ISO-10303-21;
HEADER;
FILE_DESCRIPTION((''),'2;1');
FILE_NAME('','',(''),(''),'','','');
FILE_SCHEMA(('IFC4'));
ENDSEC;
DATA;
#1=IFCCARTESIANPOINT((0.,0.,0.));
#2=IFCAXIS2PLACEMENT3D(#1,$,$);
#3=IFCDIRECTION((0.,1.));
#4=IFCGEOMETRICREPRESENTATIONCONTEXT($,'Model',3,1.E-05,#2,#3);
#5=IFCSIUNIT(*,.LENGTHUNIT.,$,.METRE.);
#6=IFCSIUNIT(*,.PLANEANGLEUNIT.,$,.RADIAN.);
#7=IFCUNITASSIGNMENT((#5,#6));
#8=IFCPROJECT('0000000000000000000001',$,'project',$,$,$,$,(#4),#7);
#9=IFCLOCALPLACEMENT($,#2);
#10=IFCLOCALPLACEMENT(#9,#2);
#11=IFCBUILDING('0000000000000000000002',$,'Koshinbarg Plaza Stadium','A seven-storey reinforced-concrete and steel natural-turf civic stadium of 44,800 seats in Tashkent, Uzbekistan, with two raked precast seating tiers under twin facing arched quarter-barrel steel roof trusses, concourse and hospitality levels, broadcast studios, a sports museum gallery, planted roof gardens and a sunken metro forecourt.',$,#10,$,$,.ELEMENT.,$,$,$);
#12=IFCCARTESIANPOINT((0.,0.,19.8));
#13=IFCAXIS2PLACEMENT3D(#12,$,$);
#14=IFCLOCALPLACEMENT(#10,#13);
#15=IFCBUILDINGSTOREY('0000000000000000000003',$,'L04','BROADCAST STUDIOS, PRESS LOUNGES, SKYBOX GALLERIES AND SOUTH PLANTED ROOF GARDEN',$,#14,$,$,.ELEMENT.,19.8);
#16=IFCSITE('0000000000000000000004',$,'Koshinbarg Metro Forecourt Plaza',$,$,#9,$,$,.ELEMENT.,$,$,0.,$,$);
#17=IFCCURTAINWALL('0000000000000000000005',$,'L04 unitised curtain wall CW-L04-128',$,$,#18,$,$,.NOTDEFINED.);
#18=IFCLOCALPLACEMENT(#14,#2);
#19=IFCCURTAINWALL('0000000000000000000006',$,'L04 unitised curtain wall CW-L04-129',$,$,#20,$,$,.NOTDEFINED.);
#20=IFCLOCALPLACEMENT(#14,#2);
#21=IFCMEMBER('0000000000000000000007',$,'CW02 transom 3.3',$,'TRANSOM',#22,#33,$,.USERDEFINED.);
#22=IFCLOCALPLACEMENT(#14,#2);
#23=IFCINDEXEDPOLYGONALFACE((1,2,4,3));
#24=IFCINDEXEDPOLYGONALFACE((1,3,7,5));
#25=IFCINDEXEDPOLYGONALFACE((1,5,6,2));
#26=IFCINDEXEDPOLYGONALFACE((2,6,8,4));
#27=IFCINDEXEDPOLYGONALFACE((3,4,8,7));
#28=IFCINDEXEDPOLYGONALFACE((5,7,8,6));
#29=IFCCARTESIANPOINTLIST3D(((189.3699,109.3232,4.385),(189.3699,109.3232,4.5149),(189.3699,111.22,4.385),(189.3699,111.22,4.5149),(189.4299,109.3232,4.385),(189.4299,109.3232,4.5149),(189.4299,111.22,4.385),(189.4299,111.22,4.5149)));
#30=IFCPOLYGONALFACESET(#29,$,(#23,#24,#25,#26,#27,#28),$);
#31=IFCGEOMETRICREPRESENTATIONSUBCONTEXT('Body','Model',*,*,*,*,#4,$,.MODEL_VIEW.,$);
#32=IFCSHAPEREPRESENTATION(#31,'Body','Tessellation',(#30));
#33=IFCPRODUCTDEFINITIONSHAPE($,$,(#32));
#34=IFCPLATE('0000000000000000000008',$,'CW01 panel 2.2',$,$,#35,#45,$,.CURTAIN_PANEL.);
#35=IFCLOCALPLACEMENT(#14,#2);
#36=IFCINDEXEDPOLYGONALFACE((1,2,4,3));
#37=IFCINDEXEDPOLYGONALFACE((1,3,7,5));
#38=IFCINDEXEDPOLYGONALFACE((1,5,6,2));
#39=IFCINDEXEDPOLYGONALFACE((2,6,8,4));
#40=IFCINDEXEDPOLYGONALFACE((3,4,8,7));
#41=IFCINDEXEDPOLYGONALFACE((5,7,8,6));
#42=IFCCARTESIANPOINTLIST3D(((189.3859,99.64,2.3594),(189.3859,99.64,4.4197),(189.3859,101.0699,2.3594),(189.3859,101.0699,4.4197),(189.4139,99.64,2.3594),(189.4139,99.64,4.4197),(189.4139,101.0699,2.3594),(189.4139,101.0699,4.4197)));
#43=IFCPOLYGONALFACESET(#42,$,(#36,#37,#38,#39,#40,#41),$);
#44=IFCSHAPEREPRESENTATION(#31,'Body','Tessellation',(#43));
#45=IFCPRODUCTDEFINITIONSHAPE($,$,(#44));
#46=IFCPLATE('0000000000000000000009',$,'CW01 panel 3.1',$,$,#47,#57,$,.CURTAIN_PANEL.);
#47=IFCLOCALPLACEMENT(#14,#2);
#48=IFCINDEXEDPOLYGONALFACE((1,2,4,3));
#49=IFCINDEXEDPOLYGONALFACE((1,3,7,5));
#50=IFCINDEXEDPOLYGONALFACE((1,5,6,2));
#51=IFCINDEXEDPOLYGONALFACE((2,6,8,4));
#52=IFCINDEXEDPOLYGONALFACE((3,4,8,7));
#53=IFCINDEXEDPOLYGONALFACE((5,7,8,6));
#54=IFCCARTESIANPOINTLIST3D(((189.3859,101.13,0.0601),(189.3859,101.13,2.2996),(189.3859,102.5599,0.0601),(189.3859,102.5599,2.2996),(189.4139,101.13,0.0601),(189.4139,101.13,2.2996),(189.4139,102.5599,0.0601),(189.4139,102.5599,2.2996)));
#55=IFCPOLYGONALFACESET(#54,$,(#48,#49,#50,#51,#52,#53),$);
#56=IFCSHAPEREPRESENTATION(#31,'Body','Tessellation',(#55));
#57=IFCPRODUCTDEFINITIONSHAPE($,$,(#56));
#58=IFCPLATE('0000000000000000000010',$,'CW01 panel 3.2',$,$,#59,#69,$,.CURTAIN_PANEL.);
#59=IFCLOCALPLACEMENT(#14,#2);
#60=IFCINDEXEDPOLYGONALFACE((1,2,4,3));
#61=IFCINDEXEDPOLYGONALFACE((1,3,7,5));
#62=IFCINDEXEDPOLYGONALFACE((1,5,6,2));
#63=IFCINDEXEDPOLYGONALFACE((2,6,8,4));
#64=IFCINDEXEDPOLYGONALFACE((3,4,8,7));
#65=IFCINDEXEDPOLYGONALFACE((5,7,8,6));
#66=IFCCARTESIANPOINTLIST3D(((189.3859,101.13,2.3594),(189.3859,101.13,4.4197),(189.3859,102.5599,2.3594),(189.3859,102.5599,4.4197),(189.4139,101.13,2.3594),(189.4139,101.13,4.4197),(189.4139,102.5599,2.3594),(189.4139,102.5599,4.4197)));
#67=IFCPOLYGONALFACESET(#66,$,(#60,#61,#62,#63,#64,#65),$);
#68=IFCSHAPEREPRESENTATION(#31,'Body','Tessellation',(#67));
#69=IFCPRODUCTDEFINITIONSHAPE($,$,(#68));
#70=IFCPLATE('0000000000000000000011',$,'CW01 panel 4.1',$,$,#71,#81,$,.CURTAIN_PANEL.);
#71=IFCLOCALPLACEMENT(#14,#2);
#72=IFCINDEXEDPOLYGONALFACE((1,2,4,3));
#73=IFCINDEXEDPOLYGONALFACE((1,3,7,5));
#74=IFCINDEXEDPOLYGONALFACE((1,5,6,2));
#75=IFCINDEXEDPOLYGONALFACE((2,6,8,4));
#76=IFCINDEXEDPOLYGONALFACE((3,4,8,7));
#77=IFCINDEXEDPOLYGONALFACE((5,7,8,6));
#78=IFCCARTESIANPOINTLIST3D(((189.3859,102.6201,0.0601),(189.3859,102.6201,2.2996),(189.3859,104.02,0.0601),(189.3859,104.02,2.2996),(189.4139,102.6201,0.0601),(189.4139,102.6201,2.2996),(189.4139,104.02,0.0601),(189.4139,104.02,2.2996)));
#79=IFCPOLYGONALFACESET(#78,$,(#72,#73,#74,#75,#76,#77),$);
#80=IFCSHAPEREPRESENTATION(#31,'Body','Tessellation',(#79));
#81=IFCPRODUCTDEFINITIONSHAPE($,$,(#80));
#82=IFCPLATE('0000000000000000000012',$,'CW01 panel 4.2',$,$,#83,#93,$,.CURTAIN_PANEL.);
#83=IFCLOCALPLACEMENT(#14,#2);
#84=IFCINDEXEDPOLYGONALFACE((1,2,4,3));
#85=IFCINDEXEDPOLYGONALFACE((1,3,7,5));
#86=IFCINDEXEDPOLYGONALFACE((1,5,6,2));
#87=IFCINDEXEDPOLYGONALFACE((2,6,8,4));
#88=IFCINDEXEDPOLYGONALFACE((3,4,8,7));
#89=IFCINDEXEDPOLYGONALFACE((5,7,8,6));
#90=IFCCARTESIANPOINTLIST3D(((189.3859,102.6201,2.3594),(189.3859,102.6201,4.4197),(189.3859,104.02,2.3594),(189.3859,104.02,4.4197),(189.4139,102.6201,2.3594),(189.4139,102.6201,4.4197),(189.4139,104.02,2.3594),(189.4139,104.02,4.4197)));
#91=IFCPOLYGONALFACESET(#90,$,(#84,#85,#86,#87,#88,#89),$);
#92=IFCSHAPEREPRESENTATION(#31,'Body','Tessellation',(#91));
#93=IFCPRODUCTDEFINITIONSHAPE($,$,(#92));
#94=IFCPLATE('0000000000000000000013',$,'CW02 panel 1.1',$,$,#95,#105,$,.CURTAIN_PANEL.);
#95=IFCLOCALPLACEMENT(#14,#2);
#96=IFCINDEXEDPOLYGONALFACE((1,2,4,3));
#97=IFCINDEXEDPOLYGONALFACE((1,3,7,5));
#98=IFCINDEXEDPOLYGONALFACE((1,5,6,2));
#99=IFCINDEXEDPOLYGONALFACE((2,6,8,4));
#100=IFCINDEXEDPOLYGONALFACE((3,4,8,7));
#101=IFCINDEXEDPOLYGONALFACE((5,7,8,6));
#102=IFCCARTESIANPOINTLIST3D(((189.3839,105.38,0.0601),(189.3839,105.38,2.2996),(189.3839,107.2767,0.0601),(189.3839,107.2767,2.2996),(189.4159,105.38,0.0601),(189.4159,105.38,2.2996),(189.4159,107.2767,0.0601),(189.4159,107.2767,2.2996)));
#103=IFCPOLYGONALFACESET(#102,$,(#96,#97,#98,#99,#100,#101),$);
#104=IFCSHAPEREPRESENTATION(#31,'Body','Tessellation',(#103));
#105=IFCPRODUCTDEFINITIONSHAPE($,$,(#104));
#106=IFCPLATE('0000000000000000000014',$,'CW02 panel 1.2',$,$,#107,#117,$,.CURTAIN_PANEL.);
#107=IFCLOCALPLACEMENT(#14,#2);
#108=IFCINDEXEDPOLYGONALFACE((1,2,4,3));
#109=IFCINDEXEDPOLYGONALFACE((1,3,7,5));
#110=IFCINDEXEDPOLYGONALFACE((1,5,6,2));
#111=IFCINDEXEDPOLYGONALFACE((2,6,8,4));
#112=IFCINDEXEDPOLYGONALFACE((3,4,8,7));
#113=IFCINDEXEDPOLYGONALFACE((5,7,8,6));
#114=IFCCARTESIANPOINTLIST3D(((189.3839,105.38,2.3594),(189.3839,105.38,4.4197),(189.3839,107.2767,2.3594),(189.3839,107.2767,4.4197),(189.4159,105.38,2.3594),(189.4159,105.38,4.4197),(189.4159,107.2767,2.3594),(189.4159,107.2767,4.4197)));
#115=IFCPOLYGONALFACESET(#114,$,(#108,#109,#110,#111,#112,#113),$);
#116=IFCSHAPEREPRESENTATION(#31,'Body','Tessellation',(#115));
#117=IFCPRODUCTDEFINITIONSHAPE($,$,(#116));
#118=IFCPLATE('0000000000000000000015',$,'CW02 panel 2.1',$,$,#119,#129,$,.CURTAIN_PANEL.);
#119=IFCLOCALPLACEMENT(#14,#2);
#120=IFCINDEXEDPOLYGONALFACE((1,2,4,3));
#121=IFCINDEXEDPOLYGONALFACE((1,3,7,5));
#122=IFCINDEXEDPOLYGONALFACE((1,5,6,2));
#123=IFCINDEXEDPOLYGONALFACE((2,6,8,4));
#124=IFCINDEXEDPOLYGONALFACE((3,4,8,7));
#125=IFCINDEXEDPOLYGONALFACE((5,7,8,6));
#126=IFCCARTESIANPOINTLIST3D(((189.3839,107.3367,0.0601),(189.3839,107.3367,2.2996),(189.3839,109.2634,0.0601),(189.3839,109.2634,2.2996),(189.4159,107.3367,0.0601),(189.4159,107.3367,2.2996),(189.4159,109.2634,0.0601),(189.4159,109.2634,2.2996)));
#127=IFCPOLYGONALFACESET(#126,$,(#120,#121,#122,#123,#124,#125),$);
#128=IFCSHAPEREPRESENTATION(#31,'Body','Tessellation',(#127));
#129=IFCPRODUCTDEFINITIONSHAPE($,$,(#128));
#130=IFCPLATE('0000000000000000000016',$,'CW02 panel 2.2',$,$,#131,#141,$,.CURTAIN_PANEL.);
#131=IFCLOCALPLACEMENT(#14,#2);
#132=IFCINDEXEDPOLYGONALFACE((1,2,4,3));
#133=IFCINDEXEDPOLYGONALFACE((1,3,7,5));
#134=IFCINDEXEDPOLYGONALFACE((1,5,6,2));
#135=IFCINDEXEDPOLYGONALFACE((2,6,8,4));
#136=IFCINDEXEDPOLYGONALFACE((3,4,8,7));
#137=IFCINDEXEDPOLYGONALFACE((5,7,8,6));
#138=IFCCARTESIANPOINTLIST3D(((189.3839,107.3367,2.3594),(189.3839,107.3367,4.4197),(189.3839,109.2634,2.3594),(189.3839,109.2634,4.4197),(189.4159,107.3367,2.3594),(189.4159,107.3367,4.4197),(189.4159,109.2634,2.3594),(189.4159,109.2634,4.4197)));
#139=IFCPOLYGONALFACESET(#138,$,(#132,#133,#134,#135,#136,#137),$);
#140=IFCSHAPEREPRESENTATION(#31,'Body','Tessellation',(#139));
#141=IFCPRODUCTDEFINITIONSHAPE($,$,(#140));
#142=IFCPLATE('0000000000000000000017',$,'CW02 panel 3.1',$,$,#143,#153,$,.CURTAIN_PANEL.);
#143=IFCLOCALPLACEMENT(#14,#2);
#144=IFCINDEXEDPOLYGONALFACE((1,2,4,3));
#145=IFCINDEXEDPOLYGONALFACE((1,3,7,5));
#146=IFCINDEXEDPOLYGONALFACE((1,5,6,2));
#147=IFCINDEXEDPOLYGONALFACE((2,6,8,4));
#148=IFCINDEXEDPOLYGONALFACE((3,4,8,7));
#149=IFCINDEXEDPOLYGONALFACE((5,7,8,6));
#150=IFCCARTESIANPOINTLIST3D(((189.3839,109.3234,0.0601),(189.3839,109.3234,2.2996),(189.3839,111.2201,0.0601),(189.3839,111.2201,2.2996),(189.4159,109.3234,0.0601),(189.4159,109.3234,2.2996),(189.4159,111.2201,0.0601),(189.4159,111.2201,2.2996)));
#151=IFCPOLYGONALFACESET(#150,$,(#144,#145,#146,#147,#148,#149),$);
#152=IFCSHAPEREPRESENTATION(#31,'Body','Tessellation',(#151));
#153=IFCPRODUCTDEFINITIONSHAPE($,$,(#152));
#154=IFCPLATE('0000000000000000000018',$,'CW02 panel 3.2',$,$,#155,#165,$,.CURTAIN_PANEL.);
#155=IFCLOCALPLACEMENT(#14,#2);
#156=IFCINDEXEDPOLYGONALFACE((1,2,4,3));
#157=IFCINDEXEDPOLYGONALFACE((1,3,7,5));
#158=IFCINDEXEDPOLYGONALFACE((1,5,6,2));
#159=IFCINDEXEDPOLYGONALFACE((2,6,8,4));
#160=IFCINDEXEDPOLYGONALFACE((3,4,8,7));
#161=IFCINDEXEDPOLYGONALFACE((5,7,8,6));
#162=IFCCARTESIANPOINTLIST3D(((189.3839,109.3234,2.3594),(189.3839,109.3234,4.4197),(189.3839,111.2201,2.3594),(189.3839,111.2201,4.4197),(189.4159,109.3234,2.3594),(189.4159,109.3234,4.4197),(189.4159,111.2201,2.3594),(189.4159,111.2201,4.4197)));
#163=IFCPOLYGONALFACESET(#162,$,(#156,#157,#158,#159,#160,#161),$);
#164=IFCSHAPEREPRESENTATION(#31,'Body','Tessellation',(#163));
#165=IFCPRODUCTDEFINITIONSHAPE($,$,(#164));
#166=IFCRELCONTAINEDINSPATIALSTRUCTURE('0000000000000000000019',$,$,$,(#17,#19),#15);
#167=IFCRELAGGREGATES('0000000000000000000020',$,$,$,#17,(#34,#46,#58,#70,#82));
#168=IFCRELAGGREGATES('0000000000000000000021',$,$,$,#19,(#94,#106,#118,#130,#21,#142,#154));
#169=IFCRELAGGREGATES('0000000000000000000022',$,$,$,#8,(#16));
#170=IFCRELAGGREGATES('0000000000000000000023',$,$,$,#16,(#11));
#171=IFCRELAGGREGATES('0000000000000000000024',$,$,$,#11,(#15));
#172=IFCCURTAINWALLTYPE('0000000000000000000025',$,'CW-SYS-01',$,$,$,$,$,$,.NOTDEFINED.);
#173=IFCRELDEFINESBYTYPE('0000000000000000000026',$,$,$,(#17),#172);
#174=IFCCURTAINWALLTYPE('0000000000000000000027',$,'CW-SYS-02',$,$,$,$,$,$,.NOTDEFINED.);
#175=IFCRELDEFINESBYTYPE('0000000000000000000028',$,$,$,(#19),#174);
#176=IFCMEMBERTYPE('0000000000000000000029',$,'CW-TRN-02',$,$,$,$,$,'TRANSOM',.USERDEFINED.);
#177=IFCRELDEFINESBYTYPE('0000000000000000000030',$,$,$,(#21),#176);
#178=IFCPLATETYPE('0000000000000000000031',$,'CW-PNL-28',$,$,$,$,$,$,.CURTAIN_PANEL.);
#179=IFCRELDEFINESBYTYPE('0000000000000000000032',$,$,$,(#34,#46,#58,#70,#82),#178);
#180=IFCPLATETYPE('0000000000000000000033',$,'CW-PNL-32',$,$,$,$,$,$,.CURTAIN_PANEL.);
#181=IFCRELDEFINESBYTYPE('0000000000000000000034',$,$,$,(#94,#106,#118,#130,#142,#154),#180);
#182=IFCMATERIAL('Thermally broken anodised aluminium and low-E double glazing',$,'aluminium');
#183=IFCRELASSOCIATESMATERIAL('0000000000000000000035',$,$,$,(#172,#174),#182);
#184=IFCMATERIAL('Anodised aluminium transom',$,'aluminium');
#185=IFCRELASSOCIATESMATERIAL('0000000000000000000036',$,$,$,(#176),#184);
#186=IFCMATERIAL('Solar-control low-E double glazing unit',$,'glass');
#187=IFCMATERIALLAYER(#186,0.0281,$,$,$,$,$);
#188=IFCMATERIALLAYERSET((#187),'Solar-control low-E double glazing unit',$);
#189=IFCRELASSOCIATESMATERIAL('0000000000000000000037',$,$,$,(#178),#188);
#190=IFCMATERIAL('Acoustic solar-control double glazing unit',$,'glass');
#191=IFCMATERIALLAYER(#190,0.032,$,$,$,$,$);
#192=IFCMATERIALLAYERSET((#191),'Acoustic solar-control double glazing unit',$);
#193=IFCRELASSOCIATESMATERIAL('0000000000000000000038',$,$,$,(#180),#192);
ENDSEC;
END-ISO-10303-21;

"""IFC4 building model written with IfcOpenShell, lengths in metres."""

from ifc_helpers import new_model, si_unit, direction, frame, origin, origin_2d, place, context, subcontext, project, spatial, rectangle, extrude, material, layer, layer_set, material_profile, profile_set, type_object, element, aggregate, save


model = new_model("IFC4")

# Units and contexts
model_context = context("Model", 3, precision=1e-05, world=origin(), true_north=direction((0.0, 1.0)))
body_context = subcontext(model_context, "Body", "Model", "MODEL_VIEW")
ifc_project = project(units=[si_unit("LENGTHUNIT", "METRE"), si_unit("PLANEANGLEUNIT", "RADIAN")], contexts=[model_context])

# Site, building, storey
site_placement = place(None, origin())
site = spatial("IfcSite", under=ifc_project, at=site_placement, Name="Koshinbarg Metro Forecourt Plaza", CompositionType="ELEMENT", RefElevation=0.0)
building_placement = place(site_placement, origin())
building = spatial("IfcBuilding", under=site, at=building_placement, Name="Koshinbarg Plaza Stadium", Description="A seven-storey reinforced-concrete and steel natural-turf civic stadium of 44,800 seats in Tashkent, Uzbekistan, with two raked precast seating tiers under twin facing arched quarter-barrel steel roof trusses, concourse and hospitality levels, broadcast studios, a sports museum gallery, planted roof gardens and a sunken metro forecourt.", CompositionType="ELEMENT")
storey_placement = place(building_placement, frame((0.0, 0.0, 19.8)))
storey = spatial("IfcBuildingStorey", under=building, at=storey_placement, Name="L04", Description="BROADCAST STUDIOS, PRESS LOUNGES, SKYBOX GALLERIES AND SOUTH PLANTED ROOF GARDEN", CompositionType="ELEMENT", Elevation=19.8)

# Curtain walls
ifc_material_1 = material(Name="Thermally broken anodised aluminium and low-E double glazing", Category="aluminium")
curtain_wall_type_1 = type_object("IfcCurtainWallType", Name="CW-SYS-01", PredefinedType="NOTDEFINED", material=ifc_material_1)
curtain_wall_1_placement = place(storey_placement, origin())
curtain_wall_1 = element("IfcCurtainWall", 1, at=curtain_wall_1_placement, inside=storey, type_object=curtain_wall_type_1, Name="L04 unitised curtain wall CW-L04-128", PredefinedType="NOTDEFINED")
curtain_wall_type_2 = type_object("IfcCurtainWallType", Name="CW-SYS-02", PredefinedType="NOTDEFINED", material=ifc_material_1)
curtain_wall_2_placement = place(storey_placement, origin())
curtain_wall_2 = element("IfcCurtainWall", 2, at=curtain_wall_2_placement, inside=storey, type_object=curtain_wall_type_2, Name="L04 unitised curtain wall CW-L04-129", PredefinedType="NOTDEFINED")

# Member
ifc_material_2 = material(Name="Anodised aluminium transom", Category="aluminium")
ifc_material_profile_1 = material_profile(ifc_material_2, rectangle(XDim=0.0601, YDim=0.1299, at=origin_2d()), Name="ALU 60x130")
ifc_profile_set_1 = profile_set([ifc_material_profile_1], Name="Anodised aluminium transom")
member_type_1 = type_object("IfcMemberType", Name="CW-TRN-02", ElementType="TRANSOM", PredefinedType="USERDEFINED", material=ifc_profile_set_1)
member_1_placement = place(storey_placement, frame((189.3999, 109.3232, 4.45), z_axis=(0.0, 1.0, 0.0), x_axis=(-1.0, 0.0, 0.0)))
member_1 = element("IfcMember", 3, at=member_1_placement, type_object=member_type_1, Name="CW02 transom 3.3", ObjectType="TRANSOM", PredefinedType="USERDEFINED", context=body_context, shape_type="SweptSolid", body=[
    extrude(rectangle(XDim=0.0601, YDim=0.1299, at=origin_2d()), origin(), (0.0, 0.0, 1.0), 1.8967),
])

# Plates
ifc_material_3 = material(Name="Solar-control low-E double glazing unit", Category="glass")
ifc_layer_1 = layer(ifc_material_3, 0.0281)
ifc_layer_set_1 = layer_set([ifc_layer_1], Name="Solar-control low-E double glazing unit")
plate_type_1 = type_object("IfcPlateType", Name="CW-PNL-28", PredefinedType="CURTAIN_PANEL", material=ifc_layer_set_1)
plate_1_placement = place(storey_placement, frame((189.3999, 100.355, 2.3594), z_axis=(0.0, 0.0, 1.0), x_axis=(0.0, 1.0, 0.0)))
plate_1 = element("IfcPlate", 4, at=plate_1_placement, type_object=plate_type_1, Name="CW01 panel 2.2", PredefinedType="CURTAIN_PANEL", context=body_context, shape_type="SweptSolid", body=[
    extrude(rectangle(XDim=1.4299, YDim=0.0281, at=origin_2d()), origin(), (0.0, 0.0, 1.0), 2.0603),
])
plate_2_placement = place(storey_placement, frame((189.3999, 101.845, 0.0601), z_axis=(0.0, 0.0, 1.0), x_axis=(0.0, 1.0, 0.0)))
plate_2 = element("IfcPlate", 5, at=plate_2_placement, type_object=plate_type_1, Name="CW01 panel 3.1", PredefinedType="CURTAIN_PANEL", context=body_context, shape_type="SweptSolid", body=[
    extrude(rectangle(XDim=1.4299, YDim=0.0281, at=origin_2d()), origin(), (0.0, 0.0, 1.0), 2.2395),
])
plate_3_placement = place(storey_placement, frame((189.3999, 101.845, 2.3594), z_axis=(0.0, 0.0, 1.0), x_axis=(0.0, 1.0, 0.0)))
plate_3 = element("IfcPlate", 6, at=plate_3_placement, type_object=plate_type_1, Name="CW01 panel 3.2", PredefinedType="CURTAIN_PANEL", context=body_context, shape_type="SweptSolid", body=[
    extrude(rectangle(XDim=1.4299, YDim=0.0281, at=origin_2d()), origin(), (0.0, 0.0, 1.0), 2.0603),
])
plate_4_placement = place(storey_placement, frame((189.3999, 103.3201, 0.0601), z_axis=(0.0, 0.0, 1.0), x_axis=(0.0, 1.0, 0.0)))
plate_4 = element("IfcPlate", 7, at=plate_4_placement, type_object=plate_type_1, Name="CW01 panel 4.1", PredefinedType="CURTAIN_PANEL", context=body_context, shape_type="SweptSolid", body=[
    extrude(rectangle(XDim=1.3999, YDim=0.0281, at=origin_2d()), origin(), (0.0, 0.0, 1.0), 2.2395),
])
plate_5_placement = place(storey_placement, frame((189.3999, 103.3201, 2.3594), z_axis=(0.0, 0.0, 1.0), x_axis=(0.0, 1.0, 0.0)))
plate_5 = element("IfcPlate", 8, at=plate_5_placement, type_object=plate_type_1, Name="CW01 panel 4.2", PredefinedType="CURTAIN_PANEL", context=body_context, shape_type="SweptSolid", body=[
    extrude(rectangle(XDim=1.3999, YDim=0.0281, at=origin_2d()), origin(), (0.0, 0.0, 1.0), 2.0603),
])
aggregate(curtain_wall_1, [plate_1, plate_2, plate_3, plate_4, plate_5])
ifc_material_4 = material(Name="Acoustic solar-control double glazing unit", Category="glass")
ifc_layer_2 = layer(ifc_material_4, 0.032)
ifc_layer_set_2 = layer_set([ifc_layer_2], Name="Acoustic solar-control double glazing unit")
plate_type_2 = type_object("IfcPlateType", Name="CW-PNL-32", PredefinedType="CURTAIN_PANEL", material=ifc_layer_set_2)
plate_6_placement = place(storey_placement, frame((189.3999, 106.3284, 0.0601), z_axis=(0.0, 0.0, 1.0), x_axis=(0.0, 1.0, 0.0)))
plate_6 = element("IfcPlate", 9, at=plate_6_placement, type_object=plate_type_2, Name="CW02 panel 1.1", PredefinedType="CURTAIN_PANEL", context=body_context, shape_type="SweptSolid", body=[
    extrude(rectangle(XDim=1.8967, YDim=0.032, at=origin_2d()), origin(), (0.0, 0.0, 1.0), 2.2395),
])
plate_7_placement = place(storey_placement, frame((189.3999, 106.3284, 2.3594), z_axis=(0.0, 0.0, 1.0), x_axis=(0.0, 1.0, 0.0)))
plate_7 = element("IfcPlate", 10, at=plate_7_placement, type_object=plate_type_2, Name="CW02 panel 1.2", PredefinedType="CURTAIN_PANEL", context=body_context, shape_type="SweptSolid", body=[
    extrude(rectangle(XDim=1.8967, YDim=0.032, at=origin_2d()), origin(), (0.0, 0.0, 1.0), 2.0603),
])
plate_8_placement = place(storey_placement, frame((189.3999, 108.3, 0.0601), z_axis=(0.0, 0.0, 1.0), x_axis=(0.0, 1.0, 0.0)))
plate_8 = element("IfcPlate", 11, at=plate_8_placement, type_object=plate_type_2, Name="CW02 panel 2.1", PredefinedType="CURTAIN_PANEL", context=body_context, shape_type="SweptSolid", body=[
    extrude(rectangle(XDim=1.9268, YDim=0.032, at=origin_2d()), origin(), (0.0, 0.0, 1.0), 2.2395),
])
plate_9_placement = place(storey_placement, frame((189.3999, 108.3, 2.3594), z_axis=(0.0, 0.0, 1.0), x_axis=(0.0, 1.0, 0.0)))
plate_9 = element("IfcPlate", 12, at=plate_9_placement, type_object=plate_type_2, Name="CW02 panel 2.2", PredefinedType="CURTAIN_PANEL", context=body_context, shape_type="SweptSolid", body=[
    extrude(rectangle(XDim=1.9268, YDim=0.032, at=origin_2d()), origin(), (0.0, 0.0, 1.0), 2.0603),
])
plate_10_placement = place(storey_placement, frame((189.3999, 110.2717, 0.0601), z_axis=(0.0, 0.0, 1.0), x_axis=(0.0, 1.0, 0.0)))
plate_10 = element("IfcPlate", 13, at=plate_10_placement, type_object=plate_type_2, Name="CW02 panel 3.1", PredefinedType="CURTAIN_PANEL", context=body_context, shape_type="SweptSolid", body=[
    extrude(rectangle(XDim=1.8967, YDim=0.032, at=origin_2d()), origin(), (0.0, 0.0, 1.0), 2.2395),
])
plate_11_placement = place(storey_placement, frame((189.3999, 110.2717, 2.3594), z_axis=(0.0, 0.0, 1.0), x_axis=(0.0, 1.0, 0.0)))
plate_11 = element("IfcPlate", 14, at=plate_11_placement, type_object=plate_type_2, Name="CW02 panel 3.2", PredefinedType="CURTAIN_PANEL", context=body_context, shape_type="SweptSolid", body=[
    extrude(rectangle(XDim=1.8967, YDim=0.032, at=origin_2d()), origin(), (0.0, 0.0, 1.0), 2.0603),
])
aggregate(curtain_wall_2, [plate_6, plate_7, plate_8, plate_9, member_1, plate_10, plate_11])

save(model, "model.ifc")
